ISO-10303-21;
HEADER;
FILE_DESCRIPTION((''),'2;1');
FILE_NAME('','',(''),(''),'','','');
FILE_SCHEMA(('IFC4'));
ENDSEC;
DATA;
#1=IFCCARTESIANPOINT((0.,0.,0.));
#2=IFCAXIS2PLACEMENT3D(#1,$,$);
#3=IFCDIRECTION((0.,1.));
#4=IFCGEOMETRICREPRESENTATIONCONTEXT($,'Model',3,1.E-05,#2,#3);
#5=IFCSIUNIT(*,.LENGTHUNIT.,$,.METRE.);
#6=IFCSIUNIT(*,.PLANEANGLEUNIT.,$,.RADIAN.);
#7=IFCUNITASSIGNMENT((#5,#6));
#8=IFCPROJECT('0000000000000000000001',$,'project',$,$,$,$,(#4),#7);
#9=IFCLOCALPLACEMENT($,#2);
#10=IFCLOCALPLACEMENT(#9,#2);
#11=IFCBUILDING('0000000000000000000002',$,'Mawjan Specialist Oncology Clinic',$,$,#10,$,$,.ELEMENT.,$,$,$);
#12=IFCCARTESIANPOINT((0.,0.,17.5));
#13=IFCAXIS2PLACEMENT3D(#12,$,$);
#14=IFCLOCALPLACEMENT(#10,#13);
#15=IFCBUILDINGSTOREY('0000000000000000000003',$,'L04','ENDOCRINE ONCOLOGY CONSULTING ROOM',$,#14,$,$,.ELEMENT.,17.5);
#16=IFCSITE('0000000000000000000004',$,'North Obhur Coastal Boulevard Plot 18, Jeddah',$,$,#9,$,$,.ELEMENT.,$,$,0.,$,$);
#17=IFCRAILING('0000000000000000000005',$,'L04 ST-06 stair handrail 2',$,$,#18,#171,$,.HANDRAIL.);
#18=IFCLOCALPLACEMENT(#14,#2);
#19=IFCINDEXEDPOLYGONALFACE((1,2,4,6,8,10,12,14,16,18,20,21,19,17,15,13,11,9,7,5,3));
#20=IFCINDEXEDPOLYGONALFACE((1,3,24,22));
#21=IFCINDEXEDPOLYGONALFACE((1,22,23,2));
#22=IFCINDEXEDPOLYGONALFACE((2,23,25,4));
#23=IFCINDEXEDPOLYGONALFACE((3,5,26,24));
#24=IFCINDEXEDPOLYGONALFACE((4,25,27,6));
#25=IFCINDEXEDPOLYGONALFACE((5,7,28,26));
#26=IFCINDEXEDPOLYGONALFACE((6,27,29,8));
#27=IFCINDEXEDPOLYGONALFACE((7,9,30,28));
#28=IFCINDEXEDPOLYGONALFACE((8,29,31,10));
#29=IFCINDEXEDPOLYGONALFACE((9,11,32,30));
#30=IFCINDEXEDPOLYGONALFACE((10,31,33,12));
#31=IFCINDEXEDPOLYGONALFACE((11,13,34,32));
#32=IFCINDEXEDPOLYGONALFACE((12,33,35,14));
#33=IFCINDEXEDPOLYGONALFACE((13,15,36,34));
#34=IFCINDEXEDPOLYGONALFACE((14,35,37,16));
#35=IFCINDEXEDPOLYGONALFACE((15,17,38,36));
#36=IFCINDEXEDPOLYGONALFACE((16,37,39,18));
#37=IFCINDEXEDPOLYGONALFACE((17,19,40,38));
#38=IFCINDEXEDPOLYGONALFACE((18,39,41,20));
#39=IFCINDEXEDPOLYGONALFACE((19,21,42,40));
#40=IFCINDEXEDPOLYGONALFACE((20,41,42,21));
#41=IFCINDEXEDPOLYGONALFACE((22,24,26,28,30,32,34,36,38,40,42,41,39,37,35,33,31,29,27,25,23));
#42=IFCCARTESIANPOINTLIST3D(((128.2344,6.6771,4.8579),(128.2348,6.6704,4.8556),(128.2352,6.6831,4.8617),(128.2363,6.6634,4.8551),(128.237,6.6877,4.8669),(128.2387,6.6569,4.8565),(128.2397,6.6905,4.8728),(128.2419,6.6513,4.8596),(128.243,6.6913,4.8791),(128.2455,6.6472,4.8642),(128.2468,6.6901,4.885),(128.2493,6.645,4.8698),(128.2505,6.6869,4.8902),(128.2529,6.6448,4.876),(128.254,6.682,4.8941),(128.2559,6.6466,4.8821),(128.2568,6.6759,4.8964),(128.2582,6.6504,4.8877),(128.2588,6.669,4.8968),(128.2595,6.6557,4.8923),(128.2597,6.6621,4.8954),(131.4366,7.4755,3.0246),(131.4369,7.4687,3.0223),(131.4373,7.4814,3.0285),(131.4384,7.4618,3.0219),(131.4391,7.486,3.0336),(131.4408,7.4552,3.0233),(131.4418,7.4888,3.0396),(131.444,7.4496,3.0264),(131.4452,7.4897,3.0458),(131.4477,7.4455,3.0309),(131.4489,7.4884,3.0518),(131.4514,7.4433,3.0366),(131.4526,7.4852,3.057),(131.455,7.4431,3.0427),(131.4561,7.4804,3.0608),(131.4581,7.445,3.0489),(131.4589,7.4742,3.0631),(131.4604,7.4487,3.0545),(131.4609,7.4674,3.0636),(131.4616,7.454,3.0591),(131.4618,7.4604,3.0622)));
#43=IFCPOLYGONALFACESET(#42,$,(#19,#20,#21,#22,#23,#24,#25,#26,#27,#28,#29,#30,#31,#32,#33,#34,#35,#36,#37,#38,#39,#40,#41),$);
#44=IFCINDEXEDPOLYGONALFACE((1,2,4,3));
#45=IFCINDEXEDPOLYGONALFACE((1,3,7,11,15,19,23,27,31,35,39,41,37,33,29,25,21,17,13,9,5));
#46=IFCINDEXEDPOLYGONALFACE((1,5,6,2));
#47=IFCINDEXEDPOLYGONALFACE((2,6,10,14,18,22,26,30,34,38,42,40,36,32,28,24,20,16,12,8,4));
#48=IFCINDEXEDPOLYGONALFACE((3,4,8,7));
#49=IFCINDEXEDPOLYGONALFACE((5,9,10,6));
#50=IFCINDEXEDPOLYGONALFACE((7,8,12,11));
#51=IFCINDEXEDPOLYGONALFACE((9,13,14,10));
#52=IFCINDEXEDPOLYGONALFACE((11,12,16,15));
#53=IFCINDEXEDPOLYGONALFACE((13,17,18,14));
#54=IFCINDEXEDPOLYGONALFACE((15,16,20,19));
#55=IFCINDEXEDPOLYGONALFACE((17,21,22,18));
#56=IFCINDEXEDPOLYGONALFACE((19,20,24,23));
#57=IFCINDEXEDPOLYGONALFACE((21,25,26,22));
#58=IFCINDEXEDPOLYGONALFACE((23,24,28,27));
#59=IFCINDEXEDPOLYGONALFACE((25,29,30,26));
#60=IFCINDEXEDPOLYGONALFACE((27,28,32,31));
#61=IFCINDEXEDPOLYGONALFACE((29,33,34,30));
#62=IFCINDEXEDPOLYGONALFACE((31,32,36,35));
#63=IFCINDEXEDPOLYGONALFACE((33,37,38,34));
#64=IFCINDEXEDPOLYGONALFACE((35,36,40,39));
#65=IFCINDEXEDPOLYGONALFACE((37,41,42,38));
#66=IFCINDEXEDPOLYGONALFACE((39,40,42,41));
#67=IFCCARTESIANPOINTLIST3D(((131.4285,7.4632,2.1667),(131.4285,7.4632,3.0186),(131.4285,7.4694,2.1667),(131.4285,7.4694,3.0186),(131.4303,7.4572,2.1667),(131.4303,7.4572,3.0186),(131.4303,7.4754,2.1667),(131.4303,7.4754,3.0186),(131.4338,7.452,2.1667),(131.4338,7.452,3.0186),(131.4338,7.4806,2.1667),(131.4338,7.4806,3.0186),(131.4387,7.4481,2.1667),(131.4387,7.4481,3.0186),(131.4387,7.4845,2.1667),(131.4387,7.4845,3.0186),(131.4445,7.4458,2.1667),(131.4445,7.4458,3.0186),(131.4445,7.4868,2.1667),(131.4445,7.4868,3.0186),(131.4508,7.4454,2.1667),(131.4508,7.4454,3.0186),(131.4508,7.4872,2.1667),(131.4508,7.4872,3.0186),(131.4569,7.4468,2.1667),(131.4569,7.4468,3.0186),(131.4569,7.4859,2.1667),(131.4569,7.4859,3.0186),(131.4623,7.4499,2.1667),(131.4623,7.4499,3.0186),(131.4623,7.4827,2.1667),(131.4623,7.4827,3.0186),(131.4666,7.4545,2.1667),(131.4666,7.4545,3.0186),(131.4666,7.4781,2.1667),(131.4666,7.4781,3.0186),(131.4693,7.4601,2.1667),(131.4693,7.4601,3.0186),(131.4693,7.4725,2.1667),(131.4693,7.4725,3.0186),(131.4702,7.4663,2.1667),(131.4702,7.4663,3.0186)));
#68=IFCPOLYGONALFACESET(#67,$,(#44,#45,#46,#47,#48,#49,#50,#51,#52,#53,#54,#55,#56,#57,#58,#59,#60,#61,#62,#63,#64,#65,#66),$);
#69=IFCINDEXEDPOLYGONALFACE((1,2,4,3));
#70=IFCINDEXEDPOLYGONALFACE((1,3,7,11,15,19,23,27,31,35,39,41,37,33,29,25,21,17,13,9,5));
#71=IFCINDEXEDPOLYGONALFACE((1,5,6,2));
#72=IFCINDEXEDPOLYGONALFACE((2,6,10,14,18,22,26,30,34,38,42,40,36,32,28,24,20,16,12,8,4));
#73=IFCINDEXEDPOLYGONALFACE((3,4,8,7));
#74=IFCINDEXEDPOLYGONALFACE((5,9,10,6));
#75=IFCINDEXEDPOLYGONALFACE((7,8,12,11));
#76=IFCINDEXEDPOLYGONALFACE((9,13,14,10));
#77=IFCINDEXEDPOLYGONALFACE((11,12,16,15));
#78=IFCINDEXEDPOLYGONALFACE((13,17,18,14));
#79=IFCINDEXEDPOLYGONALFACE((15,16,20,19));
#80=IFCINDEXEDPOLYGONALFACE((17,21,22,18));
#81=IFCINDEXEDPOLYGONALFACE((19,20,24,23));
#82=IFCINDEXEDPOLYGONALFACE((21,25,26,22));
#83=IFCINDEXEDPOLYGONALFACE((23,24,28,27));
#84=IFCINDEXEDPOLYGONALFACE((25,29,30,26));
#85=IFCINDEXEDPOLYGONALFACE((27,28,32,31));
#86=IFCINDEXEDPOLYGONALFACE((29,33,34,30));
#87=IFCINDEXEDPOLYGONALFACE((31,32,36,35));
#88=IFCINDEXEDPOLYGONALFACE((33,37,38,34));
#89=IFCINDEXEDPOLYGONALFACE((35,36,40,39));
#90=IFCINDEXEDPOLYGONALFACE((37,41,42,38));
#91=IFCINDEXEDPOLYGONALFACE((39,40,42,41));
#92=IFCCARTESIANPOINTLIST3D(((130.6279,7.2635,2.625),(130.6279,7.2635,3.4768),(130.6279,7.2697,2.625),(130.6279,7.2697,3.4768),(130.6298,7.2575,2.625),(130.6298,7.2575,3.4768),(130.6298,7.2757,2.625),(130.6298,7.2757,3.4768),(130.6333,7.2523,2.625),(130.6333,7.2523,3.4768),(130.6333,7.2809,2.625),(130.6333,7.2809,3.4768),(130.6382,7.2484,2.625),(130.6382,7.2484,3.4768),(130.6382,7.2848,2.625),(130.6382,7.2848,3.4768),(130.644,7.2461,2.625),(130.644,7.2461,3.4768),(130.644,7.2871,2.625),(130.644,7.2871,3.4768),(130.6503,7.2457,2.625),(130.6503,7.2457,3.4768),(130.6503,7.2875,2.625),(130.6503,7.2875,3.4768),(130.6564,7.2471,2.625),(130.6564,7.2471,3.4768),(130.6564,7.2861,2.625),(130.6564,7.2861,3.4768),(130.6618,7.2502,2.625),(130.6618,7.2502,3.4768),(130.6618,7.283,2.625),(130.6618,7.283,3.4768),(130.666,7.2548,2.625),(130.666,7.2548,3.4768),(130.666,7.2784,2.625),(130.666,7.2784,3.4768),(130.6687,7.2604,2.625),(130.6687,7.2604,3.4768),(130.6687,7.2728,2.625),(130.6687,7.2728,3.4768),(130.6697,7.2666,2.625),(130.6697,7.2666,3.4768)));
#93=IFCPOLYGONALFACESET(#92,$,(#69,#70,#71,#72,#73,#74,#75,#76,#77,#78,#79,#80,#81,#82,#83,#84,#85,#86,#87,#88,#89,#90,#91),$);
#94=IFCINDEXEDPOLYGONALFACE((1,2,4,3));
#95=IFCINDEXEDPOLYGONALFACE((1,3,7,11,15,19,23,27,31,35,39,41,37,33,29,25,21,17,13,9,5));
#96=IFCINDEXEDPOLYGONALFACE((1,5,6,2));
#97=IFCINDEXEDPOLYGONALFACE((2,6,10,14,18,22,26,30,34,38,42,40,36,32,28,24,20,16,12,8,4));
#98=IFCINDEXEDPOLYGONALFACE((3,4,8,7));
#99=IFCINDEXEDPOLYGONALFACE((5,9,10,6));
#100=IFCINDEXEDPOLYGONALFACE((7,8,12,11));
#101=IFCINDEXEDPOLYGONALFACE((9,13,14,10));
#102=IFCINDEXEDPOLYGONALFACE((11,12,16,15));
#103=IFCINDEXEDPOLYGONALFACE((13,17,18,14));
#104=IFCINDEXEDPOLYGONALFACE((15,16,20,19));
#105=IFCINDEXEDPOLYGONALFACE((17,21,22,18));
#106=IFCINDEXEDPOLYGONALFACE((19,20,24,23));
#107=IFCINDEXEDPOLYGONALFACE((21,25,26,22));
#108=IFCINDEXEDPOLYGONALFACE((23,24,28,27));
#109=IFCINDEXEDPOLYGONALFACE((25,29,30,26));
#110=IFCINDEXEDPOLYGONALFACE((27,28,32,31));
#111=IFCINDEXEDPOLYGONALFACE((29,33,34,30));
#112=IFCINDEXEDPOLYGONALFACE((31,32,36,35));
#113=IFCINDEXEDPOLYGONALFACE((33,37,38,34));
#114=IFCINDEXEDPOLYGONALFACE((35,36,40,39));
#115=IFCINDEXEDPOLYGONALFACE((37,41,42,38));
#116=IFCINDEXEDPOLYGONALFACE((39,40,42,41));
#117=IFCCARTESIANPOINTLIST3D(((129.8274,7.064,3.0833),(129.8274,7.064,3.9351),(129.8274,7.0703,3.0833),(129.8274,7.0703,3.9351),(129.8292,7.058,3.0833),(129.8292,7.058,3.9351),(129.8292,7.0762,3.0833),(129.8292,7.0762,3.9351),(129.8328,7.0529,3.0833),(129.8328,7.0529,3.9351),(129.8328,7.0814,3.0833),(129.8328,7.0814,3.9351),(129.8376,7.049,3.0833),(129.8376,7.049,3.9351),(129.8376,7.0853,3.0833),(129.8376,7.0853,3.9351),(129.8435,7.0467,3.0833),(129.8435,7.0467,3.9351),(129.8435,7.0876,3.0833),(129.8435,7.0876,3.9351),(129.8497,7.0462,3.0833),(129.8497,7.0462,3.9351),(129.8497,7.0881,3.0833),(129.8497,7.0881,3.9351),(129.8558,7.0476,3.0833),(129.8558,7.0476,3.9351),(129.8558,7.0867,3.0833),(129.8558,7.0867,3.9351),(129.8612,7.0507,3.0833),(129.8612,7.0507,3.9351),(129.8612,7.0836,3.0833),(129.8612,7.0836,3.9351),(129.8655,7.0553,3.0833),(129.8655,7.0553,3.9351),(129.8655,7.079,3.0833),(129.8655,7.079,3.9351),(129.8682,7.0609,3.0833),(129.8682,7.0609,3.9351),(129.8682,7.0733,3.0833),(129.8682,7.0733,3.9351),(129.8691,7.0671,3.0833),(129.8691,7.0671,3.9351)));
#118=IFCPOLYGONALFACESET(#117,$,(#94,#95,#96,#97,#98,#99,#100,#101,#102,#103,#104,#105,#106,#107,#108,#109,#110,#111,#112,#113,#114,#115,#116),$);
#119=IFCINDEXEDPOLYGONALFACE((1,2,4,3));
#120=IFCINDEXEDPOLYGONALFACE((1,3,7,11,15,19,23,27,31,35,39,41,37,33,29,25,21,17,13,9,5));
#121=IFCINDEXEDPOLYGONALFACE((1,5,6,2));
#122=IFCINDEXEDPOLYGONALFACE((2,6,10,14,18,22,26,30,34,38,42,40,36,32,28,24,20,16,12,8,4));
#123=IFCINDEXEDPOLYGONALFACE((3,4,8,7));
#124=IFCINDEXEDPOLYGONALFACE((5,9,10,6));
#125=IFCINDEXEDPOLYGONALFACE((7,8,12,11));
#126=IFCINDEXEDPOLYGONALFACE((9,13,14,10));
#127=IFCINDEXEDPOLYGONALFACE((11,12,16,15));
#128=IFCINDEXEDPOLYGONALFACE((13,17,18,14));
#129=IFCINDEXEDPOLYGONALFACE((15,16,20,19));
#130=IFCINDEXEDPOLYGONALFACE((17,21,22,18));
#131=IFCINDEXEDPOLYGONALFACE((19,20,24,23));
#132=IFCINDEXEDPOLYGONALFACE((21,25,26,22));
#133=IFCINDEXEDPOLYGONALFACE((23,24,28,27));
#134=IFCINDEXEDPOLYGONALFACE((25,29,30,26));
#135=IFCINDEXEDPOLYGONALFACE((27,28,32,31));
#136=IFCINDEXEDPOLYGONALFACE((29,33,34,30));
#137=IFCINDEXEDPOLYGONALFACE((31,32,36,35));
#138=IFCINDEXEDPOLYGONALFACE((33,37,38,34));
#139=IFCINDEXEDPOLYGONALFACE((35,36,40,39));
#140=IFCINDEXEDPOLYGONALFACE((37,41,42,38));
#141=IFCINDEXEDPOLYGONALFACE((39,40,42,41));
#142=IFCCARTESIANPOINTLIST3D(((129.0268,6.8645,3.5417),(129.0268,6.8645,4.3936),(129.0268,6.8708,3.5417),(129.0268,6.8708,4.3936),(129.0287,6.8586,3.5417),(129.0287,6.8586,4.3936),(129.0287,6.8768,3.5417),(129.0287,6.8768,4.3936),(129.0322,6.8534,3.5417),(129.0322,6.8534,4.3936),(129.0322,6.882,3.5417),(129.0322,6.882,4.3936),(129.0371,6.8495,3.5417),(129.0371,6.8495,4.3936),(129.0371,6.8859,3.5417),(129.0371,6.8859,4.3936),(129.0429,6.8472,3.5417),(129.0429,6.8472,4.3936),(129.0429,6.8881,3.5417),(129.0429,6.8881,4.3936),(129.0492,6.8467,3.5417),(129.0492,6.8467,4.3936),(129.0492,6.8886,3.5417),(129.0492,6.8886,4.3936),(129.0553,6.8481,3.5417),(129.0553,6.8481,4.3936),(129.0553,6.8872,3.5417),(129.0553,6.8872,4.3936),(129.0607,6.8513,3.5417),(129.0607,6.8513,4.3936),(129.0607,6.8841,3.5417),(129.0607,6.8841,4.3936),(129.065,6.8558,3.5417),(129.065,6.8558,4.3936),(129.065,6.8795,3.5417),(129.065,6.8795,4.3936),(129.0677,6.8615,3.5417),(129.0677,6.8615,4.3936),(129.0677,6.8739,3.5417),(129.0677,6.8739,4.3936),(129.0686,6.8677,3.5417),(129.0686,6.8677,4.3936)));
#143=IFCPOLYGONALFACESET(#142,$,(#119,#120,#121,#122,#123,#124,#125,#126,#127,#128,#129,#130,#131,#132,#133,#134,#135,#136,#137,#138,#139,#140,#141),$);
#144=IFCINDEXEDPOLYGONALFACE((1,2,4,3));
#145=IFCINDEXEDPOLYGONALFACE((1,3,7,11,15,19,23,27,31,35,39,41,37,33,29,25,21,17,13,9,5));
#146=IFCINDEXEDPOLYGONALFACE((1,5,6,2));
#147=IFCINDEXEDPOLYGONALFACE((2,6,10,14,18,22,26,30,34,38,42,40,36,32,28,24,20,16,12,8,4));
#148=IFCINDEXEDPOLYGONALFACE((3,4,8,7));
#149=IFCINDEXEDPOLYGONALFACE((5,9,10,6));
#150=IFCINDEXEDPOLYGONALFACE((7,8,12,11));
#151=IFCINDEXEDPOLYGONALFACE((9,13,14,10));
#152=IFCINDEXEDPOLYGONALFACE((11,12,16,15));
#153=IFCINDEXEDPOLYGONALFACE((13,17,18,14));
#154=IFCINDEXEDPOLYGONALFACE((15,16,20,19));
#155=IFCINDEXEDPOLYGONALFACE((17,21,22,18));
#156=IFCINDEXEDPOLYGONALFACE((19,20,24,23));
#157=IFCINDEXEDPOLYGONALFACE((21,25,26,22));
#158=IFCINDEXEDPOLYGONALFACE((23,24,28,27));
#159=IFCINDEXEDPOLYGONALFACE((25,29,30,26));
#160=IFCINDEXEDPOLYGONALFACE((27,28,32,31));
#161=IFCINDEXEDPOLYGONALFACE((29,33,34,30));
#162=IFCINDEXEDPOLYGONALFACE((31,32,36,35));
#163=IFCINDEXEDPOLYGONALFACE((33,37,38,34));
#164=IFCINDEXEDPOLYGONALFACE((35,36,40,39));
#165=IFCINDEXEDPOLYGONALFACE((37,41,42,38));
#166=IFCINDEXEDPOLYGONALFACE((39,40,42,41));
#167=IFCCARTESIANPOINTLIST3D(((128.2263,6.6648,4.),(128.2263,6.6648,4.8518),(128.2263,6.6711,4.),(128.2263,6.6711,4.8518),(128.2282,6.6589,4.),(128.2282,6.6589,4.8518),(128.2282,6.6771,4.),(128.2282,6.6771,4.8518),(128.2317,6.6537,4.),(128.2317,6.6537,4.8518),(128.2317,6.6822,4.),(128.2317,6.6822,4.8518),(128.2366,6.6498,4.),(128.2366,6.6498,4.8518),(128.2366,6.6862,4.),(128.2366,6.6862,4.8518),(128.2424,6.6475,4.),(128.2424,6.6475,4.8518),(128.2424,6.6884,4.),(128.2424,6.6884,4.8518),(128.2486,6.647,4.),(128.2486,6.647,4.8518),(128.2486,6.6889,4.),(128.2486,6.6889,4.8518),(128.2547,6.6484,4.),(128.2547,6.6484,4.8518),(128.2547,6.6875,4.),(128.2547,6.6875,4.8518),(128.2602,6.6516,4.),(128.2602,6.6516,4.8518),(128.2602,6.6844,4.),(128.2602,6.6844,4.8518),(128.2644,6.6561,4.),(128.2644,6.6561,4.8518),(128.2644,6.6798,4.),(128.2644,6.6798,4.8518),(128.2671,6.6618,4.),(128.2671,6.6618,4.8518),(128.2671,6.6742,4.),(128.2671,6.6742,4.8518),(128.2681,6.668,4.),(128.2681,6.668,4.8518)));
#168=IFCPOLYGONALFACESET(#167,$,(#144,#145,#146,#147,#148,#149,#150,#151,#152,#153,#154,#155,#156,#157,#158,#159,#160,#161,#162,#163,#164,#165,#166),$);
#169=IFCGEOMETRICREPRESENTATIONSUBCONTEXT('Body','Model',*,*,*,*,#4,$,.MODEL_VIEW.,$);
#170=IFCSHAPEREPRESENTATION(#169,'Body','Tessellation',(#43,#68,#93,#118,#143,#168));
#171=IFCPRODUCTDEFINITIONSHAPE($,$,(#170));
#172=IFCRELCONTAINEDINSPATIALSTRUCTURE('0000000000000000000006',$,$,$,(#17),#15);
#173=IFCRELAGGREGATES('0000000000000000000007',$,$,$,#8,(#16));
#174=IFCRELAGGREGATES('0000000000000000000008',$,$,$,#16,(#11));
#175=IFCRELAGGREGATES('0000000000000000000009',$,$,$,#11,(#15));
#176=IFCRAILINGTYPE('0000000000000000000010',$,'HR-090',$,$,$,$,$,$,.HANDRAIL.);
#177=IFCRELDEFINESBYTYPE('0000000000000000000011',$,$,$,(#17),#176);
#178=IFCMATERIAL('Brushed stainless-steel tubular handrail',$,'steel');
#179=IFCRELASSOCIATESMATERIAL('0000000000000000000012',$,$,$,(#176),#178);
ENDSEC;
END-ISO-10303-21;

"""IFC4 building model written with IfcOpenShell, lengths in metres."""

from ifc_helpers import new_model, si_unit, direction, frame, origin, origin_2d, place, context, subcontext, project, spatial, circle, extrude, material, type_object, element, save


model = new_model("IFC4")

# Units and contexts
model_context = context("Model", 3, precision=1e-05, world=origin(), true_north=direction((0.0, 1.0)))
body_context = subcontext(model_context, "Body", "Model", "MODEL_VIEW")
ifc_project = project(units=[si_unit("LENGTHUNIT", "METRE"), si_unit("PLANEANGLEUNIT", "RADIAN")], contexts=[model_context])

# Site, building, storey
site_placement = place(None, origin())
site = spatial("IfcSite", under=ifc_project, at=site_placement, Name="North Obhur Coastal Boulevard Plot 18, Jeddah", CompositionType="ELEMENT", RefElevation=0.0)
building_placement = place(site_placement, origin())
building = spatial("IfcBuilding", under=site, at=building_placement, Name="Mawjan Specialist Oncology Clinic", CompositionType="ELEMENT")
storey_placement = place(building_placement, frame((0.0, 0.0, 17.5)))
storey = spatial("IfcBuildingStorey", under=building, at=storey_placement, Name="L04", Description="ENDOCRINE ONCOLOGY CONSULTING ROOM", CompositionType="ELEMENT", Elevation=17.5)

# Railing
ifc_material_1 = material(Name="Brushed stainless-steel tubular handrail", Category="steel")
railing_type_1 = type_object("IfcRailingType", Name="HR-090", PredefinedType="HANDRAIL", material=ifc_material_1)
railing_1_placement = place(storey_placement, frame((131.4492, 7.4663, 2.1667)))
element("IfcRailing", 1, at=railing_1_placement, inside=storey, type_object=railing_type_1, Name="L04 ST-06 stair handrail 2", PredefinedType="HANDRAIL", context=body_context, shape_type="SweptSolid", body=[
    extrude(circle(Radius=0.0239, at=origin_2d()), frame((0.0, 0.0, 0.876), z_axis=(-0.848213, -0.211471, 0.485608), x_axis=(0.241909, -0.970299, 0.0)), (0.0, 0.0, 1.0), 3.7751),
    extrude(circle(Radius=0.021, at=origin_2d()), origin(), (0.0, 0.0, 1.0), 0.8518),
    extrude(circle(Radius=0.021, at=origin_2d()), frame((-0.8005, -0.1997, 0.4583)), (0.0, 0.0, 1.0), 0.8518),
    extrude(circle(Radius=0.021, at=origin_2d()), frame((-1.6011, -0.3992, 0.9165)), (0.0, 0.0, 1.0), 0.8518),
    extrude(circle(Radius=0.021, at=origin_2d()), frame((-2.4016, -0.5986, 1.375)), (0.0, 0.0, 1.0), 0.8518),
    extrude(circle(Radius=0.021, at=origin_2d()), frame((-3.2021, -0.7983, 1.8333)), (0.0, 0.0, 1.0), 0.8518),
])

save(model, "model.ifc")
